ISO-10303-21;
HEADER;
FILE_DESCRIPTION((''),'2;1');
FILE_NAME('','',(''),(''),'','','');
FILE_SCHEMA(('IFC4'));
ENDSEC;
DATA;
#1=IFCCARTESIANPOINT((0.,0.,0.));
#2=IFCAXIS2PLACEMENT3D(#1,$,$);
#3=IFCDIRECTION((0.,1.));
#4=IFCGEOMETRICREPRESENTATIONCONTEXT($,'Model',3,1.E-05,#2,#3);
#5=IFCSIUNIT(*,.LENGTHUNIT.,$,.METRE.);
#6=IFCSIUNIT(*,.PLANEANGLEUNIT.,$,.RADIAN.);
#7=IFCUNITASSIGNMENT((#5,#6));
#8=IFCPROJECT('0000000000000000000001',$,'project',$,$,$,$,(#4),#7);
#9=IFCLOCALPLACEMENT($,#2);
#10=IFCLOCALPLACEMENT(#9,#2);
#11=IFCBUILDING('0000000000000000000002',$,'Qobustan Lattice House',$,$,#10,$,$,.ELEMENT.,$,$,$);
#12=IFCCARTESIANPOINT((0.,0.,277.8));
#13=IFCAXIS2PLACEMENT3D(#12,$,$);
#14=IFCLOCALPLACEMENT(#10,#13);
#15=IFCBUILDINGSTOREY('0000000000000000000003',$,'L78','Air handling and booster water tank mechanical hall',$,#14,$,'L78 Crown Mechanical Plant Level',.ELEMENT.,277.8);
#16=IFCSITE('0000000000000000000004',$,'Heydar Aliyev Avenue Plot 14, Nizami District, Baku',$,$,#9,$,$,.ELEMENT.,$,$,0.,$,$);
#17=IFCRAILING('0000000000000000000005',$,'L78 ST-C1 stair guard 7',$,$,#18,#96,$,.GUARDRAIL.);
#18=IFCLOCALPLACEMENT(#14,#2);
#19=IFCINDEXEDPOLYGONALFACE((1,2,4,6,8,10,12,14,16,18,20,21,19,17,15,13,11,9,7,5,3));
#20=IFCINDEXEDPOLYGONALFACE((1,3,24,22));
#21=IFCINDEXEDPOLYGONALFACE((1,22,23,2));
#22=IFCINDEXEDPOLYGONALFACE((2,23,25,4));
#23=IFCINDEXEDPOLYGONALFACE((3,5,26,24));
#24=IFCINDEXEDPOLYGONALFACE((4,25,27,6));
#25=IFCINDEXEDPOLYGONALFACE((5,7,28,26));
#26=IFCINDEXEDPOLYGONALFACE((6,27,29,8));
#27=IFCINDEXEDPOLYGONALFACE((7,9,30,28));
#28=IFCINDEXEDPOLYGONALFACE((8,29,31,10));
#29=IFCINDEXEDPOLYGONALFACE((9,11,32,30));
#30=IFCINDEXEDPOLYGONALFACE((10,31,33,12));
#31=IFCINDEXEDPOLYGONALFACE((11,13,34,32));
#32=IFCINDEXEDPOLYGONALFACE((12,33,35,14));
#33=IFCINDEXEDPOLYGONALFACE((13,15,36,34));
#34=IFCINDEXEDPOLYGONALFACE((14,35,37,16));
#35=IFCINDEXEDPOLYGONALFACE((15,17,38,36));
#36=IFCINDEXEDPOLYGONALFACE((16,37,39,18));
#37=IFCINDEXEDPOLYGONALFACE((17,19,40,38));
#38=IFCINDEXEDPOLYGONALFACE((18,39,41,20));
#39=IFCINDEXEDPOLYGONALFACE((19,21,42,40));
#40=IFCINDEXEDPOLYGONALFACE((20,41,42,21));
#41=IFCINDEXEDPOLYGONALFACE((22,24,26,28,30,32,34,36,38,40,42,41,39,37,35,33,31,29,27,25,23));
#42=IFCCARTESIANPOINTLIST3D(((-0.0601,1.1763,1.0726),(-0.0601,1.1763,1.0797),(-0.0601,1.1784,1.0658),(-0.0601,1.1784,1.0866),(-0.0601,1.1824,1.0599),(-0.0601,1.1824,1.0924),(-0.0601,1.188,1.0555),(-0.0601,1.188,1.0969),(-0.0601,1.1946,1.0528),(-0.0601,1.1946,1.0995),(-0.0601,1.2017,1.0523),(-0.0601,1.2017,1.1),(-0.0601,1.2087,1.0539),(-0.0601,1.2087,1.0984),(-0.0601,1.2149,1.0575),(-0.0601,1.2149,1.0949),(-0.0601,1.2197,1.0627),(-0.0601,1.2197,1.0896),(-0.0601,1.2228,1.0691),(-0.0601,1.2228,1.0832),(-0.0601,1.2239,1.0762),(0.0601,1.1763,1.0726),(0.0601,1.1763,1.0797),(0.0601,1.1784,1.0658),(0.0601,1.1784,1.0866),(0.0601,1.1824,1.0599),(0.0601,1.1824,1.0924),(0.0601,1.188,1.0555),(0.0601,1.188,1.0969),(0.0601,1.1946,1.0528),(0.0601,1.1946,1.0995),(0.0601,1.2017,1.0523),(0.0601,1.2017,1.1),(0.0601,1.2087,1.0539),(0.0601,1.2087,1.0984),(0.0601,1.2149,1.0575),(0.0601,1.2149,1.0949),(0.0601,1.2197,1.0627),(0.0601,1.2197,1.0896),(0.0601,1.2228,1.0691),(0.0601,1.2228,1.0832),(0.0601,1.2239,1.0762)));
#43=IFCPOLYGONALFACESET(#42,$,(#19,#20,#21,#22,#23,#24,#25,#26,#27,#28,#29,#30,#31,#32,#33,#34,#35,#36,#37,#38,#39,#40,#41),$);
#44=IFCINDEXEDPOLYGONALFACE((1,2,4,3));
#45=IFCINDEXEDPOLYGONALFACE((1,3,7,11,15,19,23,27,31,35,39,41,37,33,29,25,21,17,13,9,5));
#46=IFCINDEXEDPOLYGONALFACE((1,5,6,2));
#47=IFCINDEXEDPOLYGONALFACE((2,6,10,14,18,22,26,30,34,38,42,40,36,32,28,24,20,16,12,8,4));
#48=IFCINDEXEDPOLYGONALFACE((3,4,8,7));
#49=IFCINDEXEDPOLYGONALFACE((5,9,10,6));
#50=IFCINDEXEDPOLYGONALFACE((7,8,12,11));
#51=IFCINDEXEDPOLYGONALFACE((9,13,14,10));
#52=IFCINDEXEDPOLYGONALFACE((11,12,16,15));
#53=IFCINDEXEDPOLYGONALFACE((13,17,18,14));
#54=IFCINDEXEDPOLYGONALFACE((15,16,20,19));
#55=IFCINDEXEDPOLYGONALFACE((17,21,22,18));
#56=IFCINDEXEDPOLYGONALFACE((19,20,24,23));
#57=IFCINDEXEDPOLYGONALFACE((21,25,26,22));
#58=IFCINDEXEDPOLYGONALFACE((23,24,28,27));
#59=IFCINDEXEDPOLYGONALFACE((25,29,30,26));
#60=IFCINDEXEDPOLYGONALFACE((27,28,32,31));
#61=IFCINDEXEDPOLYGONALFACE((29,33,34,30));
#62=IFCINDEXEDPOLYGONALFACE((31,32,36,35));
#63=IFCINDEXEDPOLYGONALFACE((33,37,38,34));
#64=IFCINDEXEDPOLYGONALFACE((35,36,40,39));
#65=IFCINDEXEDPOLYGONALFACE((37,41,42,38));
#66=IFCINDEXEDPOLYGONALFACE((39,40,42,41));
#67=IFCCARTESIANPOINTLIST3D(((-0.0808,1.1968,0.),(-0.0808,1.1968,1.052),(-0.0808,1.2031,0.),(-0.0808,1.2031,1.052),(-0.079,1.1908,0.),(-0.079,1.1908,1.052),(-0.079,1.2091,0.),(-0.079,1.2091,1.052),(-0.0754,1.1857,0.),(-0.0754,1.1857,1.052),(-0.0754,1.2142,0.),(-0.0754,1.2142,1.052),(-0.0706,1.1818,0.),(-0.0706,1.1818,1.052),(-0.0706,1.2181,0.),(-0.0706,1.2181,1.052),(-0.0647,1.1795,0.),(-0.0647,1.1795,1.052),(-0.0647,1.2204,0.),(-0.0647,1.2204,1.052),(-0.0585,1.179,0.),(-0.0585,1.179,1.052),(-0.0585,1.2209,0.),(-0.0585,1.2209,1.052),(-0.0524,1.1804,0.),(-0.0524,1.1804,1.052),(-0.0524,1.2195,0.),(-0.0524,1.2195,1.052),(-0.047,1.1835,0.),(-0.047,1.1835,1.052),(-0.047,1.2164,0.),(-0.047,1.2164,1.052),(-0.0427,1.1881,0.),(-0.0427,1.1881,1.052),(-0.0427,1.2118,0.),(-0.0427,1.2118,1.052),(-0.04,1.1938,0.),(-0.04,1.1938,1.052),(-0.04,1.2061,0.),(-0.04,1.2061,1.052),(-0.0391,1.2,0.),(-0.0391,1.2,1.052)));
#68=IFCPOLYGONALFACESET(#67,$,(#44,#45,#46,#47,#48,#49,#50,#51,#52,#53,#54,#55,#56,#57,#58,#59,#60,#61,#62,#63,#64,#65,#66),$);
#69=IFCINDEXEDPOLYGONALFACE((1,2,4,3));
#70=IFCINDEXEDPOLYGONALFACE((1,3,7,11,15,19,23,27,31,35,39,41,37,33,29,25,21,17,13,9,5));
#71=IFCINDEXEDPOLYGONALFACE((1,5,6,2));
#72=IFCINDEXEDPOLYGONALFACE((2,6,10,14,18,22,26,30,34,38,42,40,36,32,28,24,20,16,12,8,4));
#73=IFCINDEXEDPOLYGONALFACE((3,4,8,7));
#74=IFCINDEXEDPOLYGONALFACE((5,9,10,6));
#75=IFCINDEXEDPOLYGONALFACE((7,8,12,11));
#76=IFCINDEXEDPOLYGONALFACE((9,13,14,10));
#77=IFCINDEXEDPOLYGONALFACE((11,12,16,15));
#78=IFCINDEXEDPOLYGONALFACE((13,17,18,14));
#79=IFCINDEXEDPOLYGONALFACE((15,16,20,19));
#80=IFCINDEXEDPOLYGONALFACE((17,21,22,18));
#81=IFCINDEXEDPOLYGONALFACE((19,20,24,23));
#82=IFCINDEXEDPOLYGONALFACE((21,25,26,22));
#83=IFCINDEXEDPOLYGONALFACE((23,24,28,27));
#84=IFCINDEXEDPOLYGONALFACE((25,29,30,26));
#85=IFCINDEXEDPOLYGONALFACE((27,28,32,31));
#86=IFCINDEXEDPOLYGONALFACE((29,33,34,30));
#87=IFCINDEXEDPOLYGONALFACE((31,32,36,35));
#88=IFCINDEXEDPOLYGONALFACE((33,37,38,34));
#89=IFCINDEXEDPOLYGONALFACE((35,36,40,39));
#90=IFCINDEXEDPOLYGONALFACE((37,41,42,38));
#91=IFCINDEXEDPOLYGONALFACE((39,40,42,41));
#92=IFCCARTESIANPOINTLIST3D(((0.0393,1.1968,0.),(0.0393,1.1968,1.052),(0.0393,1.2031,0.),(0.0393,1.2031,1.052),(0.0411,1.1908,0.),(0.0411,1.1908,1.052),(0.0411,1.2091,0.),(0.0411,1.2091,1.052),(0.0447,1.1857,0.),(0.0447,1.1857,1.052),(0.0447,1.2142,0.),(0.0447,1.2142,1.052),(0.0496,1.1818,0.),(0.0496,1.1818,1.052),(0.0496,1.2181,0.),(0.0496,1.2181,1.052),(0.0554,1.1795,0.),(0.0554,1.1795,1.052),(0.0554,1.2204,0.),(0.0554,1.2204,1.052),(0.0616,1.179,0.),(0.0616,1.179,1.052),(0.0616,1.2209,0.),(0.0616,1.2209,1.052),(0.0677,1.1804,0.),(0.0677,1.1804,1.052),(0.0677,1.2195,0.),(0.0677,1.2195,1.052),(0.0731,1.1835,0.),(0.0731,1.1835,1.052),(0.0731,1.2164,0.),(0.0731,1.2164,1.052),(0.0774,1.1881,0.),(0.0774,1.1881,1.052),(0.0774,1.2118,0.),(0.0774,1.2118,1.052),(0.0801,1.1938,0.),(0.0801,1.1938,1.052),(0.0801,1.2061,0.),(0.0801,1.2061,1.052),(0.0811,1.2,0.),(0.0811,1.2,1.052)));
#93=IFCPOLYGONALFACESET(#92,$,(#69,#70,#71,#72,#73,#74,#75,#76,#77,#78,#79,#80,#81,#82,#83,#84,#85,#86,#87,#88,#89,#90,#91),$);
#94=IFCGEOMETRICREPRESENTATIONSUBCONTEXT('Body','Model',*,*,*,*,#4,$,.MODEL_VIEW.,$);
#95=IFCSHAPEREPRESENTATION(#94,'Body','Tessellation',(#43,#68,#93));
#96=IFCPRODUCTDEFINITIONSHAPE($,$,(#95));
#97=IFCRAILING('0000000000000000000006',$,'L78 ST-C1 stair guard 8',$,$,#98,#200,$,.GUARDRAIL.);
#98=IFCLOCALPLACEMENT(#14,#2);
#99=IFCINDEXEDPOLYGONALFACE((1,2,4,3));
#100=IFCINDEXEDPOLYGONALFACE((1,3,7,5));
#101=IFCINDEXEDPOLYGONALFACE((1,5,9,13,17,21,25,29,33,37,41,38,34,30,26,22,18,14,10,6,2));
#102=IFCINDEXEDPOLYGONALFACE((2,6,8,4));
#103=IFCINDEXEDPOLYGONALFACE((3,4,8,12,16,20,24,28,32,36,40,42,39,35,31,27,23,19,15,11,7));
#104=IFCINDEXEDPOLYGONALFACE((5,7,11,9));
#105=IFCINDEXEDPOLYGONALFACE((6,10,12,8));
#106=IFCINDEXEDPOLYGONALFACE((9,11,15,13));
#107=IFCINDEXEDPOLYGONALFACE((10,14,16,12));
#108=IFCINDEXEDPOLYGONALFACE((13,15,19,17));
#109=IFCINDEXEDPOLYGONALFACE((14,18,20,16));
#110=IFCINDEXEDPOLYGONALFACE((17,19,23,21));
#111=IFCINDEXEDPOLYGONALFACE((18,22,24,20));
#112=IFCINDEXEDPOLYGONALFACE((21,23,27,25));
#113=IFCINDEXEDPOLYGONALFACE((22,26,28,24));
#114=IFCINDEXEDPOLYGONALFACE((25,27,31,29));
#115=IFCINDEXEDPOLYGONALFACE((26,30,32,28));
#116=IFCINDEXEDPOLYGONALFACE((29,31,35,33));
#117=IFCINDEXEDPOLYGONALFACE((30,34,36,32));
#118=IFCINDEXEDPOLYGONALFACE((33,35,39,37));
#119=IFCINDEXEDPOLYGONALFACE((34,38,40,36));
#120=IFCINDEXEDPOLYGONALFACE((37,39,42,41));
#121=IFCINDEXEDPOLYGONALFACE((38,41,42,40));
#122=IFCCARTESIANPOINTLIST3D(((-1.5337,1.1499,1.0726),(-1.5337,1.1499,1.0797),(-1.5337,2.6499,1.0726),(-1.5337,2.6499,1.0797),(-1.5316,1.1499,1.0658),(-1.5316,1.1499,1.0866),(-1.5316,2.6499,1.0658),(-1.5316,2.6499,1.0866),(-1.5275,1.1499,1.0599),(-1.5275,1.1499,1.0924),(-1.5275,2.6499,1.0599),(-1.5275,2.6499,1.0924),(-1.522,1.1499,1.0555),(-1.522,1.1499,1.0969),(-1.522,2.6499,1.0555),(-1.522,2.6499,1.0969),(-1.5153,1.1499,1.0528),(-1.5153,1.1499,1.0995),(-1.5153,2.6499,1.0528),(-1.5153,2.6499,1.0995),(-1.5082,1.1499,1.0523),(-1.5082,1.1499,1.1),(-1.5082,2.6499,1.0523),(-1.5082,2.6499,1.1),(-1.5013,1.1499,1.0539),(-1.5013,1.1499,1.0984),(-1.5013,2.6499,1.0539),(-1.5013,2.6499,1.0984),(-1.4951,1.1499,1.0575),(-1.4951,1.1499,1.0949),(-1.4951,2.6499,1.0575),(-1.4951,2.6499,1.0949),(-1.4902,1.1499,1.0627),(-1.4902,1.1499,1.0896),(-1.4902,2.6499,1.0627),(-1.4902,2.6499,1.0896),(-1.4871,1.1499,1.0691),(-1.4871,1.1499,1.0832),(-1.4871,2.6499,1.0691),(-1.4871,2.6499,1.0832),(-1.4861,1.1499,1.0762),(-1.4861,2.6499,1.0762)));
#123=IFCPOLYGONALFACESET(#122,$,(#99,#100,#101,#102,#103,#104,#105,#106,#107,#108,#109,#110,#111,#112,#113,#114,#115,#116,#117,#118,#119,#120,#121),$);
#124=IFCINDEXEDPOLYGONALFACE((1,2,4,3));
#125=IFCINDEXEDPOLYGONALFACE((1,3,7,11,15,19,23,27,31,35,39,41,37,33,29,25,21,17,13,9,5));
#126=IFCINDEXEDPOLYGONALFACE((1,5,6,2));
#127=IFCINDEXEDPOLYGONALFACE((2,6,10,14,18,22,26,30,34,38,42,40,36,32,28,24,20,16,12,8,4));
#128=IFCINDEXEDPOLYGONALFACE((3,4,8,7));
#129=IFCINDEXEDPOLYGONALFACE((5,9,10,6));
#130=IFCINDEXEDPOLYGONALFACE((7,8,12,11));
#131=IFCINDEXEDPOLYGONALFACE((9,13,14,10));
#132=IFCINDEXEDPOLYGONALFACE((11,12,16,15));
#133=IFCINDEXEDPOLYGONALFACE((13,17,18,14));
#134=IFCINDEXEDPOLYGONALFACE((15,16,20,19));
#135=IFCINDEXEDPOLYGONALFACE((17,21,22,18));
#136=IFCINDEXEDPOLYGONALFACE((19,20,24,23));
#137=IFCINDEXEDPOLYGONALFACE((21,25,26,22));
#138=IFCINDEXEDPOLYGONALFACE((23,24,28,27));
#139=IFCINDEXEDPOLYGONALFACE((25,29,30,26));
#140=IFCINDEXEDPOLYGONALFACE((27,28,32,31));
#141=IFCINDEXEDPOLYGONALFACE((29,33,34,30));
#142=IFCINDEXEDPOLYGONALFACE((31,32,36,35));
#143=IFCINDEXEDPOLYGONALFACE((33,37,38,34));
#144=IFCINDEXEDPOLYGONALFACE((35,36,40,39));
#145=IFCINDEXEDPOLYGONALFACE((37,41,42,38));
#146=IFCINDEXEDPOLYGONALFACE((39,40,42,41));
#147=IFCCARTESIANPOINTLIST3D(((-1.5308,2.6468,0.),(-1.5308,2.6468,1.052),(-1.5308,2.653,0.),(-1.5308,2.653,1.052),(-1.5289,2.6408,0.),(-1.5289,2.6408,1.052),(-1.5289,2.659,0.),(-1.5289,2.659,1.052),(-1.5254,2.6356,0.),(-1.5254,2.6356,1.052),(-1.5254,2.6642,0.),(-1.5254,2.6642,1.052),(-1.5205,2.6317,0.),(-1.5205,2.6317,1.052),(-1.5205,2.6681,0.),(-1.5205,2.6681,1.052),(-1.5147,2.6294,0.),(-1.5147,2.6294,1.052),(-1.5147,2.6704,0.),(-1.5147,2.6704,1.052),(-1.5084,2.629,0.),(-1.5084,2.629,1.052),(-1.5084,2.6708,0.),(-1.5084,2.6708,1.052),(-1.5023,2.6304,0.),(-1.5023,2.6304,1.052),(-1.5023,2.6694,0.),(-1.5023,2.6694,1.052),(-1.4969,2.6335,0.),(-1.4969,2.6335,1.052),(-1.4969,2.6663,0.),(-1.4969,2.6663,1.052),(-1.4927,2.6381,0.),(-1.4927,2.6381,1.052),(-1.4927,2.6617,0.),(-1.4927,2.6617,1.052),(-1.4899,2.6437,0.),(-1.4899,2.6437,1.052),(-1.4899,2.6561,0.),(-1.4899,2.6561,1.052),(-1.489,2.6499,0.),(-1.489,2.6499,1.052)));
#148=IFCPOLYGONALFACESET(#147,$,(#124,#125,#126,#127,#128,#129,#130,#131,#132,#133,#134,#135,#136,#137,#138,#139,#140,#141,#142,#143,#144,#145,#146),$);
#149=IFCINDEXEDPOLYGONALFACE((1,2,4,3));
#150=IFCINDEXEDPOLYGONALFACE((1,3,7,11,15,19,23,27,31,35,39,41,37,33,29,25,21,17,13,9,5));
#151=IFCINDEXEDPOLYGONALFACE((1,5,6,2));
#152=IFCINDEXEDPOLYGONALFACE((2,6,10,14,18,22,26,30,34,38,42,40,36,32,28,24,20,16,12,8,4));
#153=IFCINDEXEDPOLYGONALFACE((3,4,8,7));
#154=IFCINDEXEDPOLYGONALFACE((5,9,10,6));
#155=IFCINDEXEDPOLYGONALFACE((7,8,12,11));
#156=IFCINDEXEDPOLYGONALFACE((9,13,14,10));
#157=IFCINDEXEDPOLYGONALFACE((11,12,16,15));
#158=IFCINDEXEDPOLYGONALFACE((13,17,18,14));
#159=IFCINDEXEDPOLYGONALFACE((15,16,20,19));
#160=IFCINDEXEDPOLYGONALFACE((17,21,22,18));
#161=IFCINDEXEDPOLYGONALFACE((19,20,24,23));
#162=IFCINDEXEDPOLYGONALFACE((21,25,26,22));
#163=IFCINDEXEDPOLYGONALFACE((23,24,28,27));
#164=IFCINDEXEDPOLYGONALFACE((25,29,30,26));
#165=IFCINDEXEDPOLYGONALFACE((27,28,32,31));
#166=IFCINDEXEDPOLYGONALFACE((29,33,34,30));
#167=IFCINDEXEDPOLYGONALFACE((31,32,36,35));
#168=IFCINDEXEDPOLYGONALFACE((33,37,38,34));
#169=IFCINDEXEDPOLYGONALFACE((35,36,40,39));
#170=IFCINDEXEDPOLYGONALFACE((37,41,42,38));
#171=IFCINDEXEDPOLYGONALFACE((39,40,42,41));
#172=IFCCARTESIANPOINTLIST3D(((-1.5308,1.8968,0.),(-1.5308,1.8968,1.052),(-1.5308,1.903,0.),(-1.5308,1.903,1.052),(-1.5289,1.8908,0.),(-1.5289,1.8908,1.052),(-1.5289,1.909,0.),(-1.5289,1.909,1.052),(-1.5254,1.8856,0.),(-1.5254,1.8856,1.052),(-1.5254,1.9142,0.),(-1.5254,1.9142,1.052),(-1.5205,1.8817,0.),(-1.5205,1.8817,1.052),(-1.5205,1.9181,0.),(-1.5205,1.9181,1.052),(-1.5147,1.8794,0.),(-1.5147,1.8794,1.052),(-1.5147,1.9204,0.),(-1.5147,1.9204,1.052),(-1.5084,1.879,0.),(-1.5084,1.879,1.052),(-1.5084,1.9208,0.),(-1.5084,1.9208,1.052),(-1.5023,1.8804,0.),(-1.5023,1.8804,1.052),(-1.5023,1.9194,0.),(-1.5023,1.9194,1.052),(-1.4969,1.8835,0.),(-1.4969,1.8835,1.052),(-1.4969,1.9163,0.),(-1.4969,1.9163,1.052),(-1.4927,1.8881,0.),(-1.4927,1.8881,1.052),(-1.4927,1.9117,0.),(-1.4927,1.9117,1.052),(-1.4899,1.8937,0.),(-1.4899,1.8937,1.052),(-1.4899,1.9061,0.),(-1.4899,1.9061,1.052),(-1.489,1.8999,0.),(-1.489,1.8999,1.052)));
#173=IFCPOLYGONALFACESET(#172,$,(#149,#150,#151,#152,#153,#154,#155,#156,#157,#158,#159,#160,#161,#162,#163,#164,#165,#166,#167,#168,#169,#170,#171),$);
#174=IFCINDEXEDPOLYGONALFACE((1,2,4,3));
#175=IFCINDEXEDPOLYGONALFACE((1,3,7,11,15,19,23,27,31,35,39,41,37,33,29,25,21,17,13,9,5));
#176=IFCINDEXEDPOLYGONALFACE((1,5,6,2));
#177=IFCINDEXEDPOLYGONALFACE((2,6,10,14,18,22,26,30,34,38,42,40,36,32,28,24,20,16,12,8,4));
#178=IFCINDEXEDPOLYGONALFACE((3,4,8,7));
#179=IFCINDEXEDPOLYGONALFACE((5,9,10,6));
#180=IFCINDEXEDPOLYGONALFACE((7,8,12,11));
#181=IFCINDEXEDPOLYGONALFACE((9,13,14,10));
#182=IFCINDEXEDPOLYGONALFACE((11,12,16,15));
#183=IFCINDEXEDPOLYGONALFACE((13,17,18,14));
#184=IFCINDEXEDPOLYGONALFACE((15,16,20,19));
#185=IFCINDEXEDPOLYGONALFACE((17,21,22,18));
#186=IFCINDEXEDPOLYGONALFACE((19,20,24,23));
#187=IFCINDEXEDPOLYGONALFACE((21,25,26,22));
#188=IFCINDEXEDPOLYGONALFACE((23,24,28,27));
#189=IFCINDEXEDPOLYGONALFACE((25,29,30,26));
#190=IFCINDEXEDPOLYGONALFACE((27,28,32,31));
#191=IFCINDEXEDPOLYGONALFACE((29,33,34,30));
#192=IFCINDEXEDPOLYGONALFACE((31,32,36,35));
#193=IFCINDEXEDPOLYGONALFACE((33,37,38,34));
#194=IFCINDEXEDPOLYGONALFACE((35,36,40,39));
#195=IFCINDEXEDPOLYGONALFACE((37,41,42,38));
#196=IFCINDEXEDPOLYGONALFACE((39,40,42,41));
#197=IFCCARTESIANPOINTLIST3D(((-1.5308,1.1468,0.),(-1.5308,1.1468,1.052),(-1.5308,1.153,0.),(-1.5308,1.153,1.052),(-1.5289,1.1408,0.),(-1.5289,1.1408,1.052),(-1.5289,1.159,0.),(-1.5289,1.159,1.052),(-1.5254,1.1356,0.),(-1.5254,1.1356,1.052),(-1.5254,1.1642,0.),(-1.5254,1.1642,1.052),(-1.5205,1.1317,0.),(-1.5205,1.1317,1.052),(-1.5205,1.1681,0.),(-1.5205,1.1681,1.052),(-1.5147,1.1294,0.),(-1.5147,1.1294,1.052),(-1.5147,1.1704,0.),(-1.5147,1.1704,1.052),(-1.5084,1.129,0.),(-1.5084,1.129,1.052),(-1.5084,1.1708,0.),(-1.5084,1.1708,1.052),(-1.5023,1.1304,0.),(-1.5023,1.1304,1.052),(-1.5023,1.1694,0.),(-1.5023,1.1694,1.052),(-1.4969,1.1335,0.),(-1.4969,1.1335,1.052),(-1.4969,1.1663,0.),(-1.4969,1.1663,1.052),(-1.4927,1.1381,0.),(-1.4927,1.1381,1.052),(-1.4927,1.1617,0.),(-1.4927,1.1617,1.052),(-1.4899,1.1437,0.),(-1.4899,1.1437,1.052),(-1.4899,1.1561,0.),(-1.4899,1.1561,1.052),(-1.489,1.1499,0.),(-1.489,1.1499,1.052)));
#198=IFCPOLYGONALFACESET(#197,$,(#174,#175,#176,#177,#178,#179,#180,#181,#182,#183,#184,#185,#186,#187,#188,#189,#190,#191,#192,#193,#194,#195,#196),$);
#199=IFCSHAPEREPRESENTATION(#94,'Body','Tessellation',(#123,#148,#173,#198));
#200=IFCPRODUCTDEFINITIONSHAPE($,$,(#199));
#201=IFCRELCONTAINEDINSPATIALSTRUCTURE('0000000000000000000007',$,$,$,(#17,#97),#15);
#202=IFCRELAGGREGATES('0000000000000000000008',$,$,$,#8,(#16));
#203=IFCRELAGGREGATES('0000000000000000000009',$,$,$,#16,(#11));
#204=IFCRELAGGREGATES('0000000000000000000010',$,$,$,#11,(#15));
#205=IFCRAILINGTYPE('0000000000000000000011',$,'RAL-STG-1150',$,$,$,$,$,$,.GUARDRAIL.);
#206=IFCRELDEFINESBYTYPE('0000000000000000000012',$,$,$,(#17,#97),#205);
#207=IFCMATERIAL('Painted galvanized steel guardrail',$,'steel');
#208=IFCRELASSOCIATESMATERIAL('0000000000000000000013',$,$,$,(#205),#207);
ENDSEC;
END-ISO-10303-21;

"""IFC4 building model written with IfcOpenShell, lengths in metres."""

from ifc_helpers import new_model, si_unit, direction, frame, origin, origin_2d, place, context, subcontext, project, spatial, circle, extrude, material, type_object, element, save


model = new_model("IFC4")

# Units and contexts
model_context = context("Model", 3, precision=1e-05, world=origin(), true_north=direction((0.0, 1.0)))
body_context = subcontext(model_context, "Body", "Model", "MODEL_VIEW")
ifc_project = project(units=[si_unit("LENGTHUNIT", "METRE"), si_unit("PLANEANGLEUNIT", "RADIAN")], contexts=[model_context])

# Site, building, storey
site_placement = place(None, origin())
site = spatial("IfcSite", under=ifc_project, at=site_placement, Name="Heydar Aliyev Avenue Plot 14, Nizami District, Baku", CompositionType="ELEMENT", RefElevation=0.0)
building_placement = place(site_placement, origin())
building = spatial("IfcBuilding", under=site, at=building_placement, Name="Qobustan Lattice House", CompositionType="ELEMENT")
storey_placement = place(building_placement, frame((0.0, 0.0, 277.8)))
storey = spatial("IfcBuildingStorey", under=building, at=storey_placement, Name="L78", Description="Air handling and booster water tank mechanical hall", LongName="L78 Crown Mechanical Plant Level", CompositionType="ELEMENT", Elevation=277.8)

# Railings
ifc_material_1 = material(Name="Painted galvanized steel guardrail", Category="steel")
railing_type_1 = type_object("IfcRailingType", Name="RAL-STG-1150", PredefinedType="GUARDRAIL", material=ifc_material_1)
railing_1_placement = place(storey_placement, frame((-0.0601, 1.2, 0.0)))
element("IfcRailing", 1, at=railing_1_placement, inside=storey, type_object=railing_type_1, Name="L78 ST-C1 stair guard 7", PredefinedType="GUARDRAIL", context=body_context, shape_type="SweptSolid", body=[
    extrude(circle(Radius=0.0239, at=origin_2d()), frame((0.0, 0.0, 1.0762), z_axis=(1.0, 0.0, 0.0), x_axis=(0.0, 1.0, 0.0)), (0.0, 0.0, 1.0), 0.1201),
    extrude(circle(Radius=0.021, at=origin_2d()), origin(), (0.0, 0.0, 1.0), 1.052),
    extrude(circle(Radius=0.021, at=origin_2d()), frame((0.1201, 0.0, 0.0)), (0.0, 0.0, 1.0), 1.052),
])
railing_2_placement = place(storey_placement, frame((-1.51, 2.6499, 0.0)))
element("IfcRailing", 2, at=railing_2_placement, inside=storey, type_object=railing_type_1, Name="L78 ST-C1 stair guard 8", PredefinedType="GUARDRAIL", context=body_context, shape_type="SweptSolid", body=[
    extrude(circle(Radius=0.0239, at=origin_2d()), frame((0.0, 0.0, 1.0762), z_axis=(0.0, -1.0, 0.0), x_axis=(1.0, 0.0, 0.0)), (0.0, 0.0, 1.0), 1.5),
    extrude(circle(Radius=0.021, at=origin_2d()), origin(), (0.0, 0.0, 1.0), 1.052),
    extrude(circle(Radius=0.021, at=origin_2d()), frame((0.0, -0.75, 0.0)), (0.0, 0.0, 1.0), 1.052),
    extrude(circle(Radius=0.021, at=origin_2d()), frame((0.0, -1.5, 0.0)), (0.0, 0.0, 1.0), 1.052),
])

save(model, "model.ifc")
